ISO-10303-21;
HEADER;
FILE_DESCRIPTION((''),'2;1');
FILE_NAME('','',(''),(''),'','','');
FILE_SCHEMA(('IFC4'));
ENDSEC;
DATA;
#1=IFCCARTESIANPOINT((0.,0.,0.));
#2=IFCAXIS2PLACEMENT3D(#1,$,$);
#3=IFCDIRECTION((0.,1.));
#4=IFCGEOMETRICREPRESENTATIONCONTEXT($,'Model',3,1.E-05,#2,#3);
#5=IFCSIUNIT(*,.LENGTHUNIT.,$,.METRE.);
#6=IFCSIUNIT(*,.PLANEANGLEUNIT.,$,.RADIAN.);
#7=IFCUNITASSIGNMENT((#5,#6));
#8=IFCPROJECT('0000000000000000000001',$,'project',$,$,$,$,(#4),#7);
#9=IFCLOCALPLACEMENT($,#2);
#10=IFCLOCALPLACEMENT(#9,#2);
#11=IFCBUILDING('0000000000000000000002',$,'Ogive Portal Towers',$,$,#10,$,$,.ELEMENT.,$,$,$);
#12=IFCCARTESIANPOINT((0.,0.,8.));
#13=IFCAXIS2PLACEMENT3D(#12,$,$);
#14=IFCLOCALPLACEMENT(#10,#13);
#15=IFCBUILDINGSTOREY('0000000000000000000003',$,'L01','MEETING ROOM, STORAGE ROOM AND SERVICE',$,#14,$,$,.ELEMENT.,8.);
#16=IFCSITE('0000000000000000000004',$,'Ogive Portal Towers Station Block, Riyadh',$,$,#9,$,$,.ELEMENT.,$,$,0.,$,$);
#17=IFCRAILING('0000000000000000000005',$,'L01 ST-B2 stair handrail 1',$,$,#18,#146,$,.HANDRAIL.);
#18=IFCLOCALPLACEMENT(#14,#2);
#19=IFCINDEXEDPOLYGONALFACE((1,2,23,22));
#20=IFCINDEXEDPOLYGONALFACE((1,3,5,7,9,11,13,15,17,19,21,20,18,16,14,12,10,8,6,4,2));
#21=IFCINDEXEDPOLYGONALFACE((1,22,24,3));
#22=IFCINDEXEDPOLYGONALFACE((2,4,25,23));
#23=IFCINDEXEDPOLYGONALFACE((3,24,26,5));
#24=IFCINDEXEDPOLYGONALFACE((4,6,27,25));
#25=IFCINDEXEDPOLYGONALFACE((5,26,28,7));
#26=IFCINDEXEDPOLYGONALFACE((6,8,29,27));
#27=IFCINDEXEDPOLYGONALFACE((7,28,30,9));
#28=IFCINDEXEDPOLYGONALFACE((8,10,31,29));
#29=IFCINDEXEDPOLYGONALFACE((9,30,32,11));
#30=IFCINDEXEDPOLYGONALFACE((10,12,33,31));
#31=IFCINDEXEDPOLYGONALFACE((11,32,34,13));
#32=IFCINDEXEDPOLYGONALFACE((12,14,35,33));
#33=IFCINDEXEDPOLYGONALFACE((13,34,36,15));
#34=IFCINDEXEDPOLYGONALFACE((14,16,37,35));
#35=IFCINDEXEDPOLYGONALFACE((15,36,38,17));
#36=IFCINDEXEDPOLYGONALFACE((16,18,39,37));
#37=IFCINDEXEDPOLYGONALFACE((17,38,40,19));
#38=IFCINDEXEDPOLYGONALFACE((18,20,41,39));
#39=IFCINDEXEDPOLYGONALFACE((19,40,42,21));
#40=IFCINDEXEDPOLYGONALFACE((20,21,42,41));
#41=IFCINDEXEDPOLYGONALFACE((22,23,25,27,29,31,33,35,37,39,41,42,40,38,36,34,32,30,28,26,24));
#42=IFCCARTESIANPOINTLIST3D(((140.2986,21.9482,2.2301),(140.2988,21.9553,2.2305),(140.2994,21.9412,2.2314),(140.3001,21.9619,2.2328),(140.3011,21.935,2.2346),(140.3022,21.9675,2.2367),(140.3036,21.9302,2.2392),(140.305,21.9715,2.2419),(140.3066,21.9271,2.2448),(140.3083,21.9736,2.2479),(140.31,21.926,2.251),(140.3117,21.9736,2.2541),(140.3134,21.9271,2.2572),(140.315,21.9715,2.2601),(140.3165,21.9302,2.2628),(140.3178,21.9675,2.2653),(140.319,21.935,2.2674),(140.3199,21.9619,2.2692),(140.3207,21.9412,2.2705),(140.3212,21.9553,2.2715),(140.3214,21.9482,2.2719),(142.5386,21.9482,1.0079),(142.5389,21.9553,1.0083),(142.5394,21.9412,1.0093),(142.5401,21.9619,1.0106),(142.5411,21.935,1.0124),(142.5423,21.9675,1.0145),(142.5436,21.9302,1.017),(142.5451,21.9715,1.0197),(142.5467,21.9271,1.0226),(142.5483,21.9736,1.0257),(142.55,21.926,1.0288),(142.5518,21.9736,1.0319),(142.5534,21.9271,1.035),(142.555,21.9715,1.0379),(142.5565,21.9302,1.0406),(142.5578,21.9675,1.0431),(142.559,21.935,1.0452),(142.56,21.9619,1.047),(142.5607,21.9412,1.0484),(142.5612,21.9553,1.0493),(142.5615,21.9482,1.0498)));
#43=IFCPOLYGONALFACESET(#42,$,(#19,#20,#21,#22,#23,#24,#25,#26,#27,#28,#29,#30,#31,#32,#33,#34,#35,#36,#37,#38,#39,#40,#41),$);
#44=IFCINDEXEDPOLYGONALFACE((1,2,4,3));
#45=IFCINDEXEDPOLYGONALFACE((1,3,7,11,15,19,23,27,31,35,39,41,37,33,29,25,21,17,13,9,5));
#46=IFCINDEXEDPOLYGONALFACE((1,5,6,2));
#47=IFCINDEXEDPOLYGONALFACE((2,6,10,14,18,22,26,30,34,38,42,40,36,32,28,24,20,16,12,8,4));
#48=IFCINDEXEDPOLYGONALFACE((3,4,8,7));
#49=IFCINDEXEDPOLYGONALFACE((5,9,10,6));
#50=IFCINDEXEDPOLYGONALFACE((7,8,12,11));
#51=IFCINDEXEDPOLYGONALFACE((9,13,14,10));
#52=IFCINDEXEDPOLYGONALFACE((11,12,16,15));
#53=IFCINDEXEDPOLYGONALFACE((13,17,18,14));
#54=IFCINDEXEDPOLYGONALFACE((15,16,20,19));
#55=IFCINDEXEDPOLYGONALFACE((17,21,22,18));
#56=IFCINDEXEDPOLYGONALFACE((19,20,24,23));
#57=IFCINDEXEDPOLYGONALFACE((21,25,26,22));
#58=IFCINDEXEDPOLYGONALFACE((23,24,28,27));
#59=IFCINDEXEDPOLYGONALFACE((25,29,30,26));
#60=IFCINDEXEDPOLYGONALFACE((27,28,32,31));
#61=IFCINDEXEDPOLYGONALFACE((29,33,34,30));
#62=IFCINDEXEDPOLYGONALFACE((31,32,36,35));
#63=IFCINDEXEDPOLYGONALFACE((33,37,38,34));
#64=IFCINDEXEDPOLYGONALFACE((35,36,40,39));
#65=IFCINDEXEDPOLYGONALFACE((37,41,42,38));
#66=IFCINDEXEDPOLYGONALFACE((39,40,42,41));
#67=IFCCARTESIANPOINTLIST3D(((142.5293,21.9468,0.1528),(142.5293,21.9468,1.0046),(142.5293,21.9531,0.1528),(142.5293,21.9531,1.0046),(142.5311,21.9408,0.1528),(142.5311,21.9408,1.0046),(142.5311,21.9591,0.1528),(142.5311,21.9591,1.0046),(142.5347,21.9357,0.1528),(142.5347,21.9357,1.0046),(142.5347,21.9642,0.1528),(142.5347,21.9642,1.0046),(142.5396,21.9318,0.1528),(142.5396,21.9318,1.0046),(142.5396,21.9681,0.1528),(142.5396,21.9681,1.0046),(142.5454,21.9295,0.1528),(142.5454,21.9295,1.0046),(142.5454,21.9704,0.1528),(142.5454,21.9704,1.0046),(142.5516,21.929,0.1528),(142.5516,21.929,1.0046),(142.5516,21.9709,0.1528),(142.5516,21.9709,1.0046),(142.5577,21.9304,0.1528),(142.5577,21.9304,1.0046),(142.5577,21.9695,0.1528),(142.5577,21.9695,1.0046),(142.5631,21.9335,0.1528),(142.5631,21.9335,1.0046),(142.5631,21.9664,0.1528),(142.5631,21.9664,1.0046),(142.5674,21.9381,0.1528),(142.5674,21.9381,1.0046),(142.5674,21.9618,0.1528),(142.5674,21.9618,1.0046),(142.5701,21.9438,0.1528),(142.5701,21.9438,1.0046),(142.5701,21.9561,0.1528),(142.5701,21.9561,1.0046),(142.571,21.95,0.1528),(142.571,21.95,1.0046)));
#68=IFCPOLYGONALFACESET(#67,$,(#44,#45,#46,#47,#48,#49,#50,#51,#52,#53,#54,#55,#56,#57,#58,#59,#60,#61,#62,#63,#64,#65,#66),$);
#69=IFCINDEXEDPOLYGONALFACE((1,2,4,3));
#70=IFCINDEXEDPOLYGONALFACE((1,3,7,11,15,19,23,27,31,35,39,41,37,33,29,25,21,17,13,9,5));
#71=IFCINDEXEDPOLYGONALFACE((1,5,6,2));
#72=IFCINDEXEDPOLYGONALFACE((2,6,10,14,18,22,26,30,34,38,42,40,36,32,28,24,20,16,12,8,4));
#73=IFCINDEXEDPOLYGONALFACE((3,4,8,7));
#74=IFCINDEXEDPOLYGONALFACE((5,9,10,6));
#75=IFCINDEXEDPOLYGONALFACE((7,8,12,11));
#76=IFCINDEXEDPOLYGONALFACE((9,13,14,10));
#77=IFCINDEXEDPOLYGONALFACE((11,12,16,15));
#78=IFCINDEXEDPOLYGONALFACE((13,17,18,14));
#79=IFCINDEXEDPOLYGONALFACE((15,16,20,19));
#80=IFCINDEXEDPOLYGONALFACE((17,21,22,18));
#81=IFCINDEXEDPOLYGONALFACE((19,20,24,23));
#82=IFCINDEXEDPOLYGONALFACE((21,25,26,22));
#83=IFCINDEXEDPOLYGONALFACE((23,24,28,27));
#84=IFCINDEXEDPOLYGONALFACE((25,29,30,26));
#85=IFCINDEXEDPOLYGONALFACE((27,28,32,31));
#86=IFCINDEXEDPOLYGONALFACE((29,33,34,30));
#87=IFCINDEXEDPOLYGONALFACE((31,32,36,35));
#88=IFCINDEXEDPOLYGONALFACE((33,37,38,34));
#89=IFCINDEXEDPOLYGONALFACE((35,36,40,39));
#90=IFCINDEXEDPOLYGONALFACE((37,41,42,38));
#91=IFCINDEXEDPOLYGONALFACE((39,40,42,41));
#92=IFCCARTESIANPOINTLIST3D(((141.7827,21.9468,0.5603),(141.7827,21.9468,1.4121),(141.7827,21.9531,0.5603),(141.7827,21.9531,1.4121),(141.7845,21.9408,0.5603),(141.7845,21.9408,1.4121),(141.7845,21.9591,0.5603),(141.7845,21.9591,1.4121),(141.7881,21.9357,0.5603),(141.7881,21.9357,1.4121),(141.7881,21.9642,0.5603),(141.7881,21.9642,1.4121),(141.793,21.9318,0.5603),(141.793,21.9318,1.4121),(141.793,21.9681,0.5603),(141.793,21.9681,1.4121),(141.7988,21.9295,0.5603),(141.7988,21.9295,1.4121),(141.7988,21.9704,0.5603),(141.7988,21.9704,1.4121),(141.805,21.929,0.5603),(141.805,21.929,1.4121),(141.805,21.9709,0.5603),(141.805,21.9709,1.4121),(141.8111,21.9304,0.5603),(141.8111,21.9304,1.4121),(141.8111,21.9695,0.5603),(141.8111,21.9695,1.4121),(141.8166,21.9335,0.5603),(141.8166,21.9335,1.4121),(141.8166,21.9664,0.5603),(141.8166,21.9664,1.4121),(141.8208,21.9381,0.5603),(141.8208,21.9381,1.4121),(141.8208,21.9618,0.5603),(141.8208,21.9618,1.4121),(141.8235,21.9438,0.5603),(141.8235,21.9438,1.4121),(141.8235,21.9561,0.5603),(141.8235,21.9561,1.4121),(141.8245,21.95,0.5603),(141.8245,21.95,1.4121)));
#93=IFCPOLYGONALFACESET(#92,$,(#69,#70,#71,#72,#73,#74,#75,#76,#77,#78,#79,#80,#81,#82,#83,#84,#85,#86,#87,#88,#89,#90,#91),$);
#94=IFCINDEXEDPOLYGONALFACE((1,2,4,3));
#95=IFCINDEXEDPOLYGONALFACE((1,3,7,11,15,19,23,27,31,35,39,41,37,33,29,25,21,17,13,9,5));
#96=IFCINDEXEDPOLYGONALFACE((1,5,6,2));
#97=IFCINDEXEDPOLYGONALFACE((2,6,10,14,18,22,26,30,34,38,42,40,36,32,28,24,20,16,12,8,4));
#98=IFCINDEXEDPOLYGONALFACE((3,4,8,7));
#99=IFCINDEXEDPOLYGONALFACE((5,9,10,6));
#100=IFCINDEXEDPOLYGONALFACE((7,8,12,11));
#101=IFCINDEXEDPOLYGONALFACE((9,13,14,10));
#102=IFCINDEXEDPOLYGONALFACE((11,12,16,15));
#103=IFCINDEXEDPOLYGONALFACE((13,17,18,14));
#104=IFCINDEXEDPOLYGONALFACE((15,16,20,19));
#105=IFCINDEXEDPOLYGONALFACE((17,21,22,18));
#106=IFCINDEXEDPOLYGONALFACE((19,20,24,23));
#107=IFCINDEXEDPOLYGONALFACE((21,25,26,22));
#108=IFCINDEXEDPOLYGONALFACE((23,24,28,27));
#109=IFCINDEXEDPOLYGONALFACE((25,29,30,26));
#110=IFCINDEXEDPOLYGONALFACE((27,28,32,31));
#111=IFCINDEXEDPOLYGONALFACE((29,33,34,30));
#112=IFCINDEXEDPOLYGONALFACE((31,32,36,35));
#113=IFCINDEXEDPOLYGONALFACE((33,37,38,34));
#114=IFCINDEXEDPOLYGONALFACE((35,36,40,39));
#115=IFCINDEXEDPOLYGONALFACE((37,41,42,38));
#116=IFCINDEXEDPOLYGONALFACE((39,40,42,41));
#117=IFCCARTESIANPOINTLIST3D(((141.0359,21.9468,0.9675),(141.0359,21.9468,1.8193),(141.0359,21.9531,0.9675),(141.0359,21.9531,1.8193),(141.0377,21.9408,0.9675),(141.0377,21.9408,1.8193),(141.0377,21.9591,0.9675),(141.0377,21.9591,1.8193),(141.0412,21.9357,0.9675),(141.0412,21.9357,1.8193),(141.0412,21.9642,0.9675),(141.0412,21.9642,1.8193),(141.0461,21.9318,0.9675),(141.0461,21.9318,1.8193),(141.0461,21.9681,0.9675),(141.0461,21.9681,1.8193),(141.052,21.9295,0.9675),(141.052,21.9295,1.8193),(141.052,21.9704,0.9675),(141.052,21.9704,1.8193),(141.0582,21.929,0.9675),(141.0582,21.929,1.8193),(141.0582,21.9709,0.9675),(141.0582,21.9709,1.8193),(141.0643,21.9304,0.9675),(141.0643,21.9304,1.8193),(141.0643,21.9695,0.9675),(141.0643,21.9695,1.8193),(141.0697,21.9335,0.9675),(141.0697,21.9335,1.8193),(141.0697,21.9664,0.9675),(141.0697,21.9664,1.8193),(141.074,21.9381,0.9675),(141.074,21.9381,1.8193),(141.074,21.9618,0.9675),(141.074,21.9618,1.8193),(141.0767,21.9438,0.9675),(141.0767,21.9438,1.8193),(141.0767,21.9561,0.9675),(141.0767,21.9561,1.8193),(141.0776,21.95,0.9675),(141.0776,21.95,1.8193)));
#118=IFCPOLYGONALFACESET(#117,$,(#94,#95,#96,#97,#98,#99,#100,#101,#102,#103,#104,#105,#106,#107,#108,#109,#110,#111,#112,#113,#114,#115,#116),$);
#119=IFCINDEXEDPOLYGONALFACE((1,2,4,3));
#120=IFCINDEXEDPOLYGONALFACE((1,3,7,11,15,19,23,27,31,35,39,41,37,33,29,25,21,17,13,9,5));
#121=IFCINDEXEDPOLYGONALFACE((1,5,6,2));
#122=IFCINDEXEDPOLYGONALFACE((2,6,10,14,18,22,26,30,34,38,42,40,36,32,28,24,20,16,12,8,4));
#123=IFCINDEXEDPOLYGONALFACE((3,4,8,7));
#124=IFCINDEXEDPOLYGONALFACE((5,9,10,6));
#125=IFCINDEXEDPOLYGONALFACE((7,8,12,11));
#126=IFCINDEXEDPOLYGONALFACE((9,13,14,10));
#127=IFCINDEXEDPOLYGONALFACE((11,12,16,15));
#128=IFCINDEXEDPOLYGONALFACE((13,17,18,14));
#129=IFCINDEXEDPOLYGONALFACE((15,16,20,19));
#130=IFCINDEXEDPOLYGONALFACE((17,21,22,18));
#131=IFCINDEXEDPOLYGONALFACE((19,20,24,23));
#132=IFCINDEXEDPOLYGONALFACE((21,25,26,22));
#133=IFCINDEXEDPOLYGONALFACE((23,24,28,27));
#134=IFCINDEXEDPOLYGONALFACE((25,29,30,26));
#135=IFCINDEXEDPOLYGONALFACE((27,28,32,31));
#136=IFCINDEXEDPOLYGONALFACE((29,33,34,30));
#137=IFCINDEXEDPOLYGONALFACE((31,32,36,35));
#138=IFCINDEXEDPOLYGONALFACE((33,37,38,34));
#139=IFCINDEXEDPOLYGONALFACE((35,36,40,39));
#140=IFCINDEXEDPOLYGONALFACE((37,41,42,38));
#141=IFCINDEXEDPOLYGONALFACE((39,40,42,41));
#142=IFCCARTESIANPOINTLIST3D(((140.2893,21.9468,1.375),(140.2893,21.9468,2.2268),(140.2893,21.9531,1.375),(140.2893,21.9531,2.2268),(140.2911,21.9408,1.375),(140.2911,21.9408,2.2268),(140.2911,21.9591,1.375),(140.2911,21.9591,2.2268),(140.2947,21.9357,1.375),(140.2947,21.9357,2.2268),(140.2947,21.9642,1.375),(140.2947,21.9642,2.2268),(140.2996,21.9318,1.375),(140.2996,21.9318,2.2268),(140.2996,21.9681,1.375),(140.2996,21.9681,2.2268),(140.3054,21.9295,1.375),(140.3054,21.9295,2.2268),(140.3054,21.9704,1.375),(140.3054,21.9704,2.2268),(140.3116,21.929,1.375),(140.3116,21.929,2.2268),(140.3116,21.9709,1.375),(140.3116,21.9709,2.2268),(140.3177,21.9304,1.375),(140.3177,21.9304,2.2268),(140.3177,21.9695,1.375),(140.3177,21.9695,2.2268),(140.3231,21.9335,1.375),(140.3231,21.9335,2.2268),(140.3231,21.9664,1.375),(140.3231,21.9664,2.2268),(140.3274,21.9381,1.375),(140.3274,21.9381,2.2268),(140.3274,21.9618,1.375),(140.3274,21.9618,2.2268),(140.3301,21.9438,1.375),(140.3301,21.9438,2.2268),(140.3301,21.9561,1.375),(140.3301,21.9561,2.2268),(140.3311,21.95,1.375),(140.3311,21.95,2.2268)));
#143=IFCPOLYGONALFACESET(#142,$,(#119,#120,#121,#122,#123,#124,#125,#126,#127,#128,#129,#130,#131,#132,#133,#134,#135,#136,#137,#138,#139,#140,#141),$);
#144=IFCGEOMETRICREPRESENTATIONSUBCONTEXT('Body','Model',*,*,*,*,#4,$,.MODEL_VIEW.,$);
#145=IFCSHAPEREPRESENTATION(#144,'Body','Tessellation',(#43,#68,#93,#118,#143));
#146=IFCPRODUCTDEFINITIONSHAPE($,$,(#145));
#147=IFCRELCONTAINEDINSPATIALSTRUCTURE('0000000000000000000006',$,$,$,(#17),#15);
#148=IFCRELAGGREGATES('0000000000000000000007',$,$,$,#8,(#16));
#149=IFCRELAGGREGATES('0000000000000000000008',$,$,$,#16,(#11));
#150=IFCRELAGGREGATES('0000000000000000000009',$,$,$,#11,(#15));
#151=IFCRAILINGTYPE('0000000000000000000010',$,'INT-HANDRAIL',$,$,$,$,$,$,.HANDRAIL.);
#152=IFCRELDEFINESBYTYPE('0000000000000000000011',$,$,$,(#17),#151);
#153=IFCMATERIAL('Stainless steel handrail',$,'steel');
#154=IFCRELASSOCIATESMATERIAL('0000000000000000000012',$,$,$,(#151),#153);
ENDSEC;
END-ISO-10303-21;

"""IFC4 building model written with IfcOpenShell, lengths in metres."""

from ifc_helpers import new_model, si_unit, direction, frame, origin, origin_2d, place, context, subcontext, project, spatial, circle, extrude, material, type_object, element, save


model = new_model("IFC4")

# Units and contexts
model_context = context("Model", 3, precision=1e-05, world=origin(), true_north=direction((0.0, 1.0)))
body_context = subcontext(model_context, "Body", "Model", "MODEL_VIEW")
ifc_project = project(units=[si_unit("LENGTHUNIT", "METRE"), si_unit("PLANEANGLEUNIT", "RADIAN")], contexts=[model_context])

# Site, building, storey
site_placement = place(None, origin())
site = spatial("IfcSite", under=ifc_project, at=site_placement, Name="Ogive Portal Towers Station Block, Riyadh", CompositionType="ELEMENT", RefElevation=0.0)
building_placement = place(site_placement, origin())
building = spatial("IfcBuilding", under=site, at=building_placement, Name="Ogive Portal Towers", CompositionType="ELEMENT")
storey_placement = place(building_placement, frame((0.0, 0.0, 8.0)))
storey = spatial("IfcBuildingStorey", under=building, at=storey_placement, Name="L01", Description="MEETING ROOM, STORAGE ROOM AND SERVICE", CompositionType="ELEMENT", Elevation=8.0)

# Railing
ifc_material_1 = material(Name="Stainless steel handrail", Category="steel")
railing_type_1 = type_object("IfcRailingType", Name="INT-HANDRAIL", PredefinedType="HANDRAIL", material=ifc_material_1)
for number, where, name in (
    (1, (142.55, 21.95, 0.1528), "L01 ST-B2 stair handrail 1"),
):
    element("IfcRailing", number, at=place(storey_placement, frame(where)), inside=storey, type_object=railing_type_1, Name=name, PredefinedType="HANDRAIL", context=body_context, shape_type="SweptSolid", body=[
        extrude(circle(Radius=0.0239, at=origin_2d()), frame((0.0, 0.0, 0.876), z_axis=(-0.877837, 0.0, 0.478959), x_axis=(0.0, -1.0, 0.0)), (0.0, 0.0, 1.0), 2.5518),
        extrude(circle(Radius=0.021, at=origin_2d()), origin(), (0.0, 0.0, 1.0), 0.8518),
        extrude(circle(Radius=0.021, at=origin_2d()), frame((-0.7466, 0.0, 0.4075)), (0.0, 0.0, 1.0), 0.8518),
        extrude(circle(Radius=0.021, at=origin_2d()), frame((-1.4934, 0.0, 0.8147)), (0.0, 0.0, 1.0), 0.8518),
        extrude(circle(Radius=0.021, at=origin_2d()), frame((-2.24, 0.0, 1.2222)), (0.0, 0.0, 1.0), 0.8518),
    ])

save(model, "model.ifc")
